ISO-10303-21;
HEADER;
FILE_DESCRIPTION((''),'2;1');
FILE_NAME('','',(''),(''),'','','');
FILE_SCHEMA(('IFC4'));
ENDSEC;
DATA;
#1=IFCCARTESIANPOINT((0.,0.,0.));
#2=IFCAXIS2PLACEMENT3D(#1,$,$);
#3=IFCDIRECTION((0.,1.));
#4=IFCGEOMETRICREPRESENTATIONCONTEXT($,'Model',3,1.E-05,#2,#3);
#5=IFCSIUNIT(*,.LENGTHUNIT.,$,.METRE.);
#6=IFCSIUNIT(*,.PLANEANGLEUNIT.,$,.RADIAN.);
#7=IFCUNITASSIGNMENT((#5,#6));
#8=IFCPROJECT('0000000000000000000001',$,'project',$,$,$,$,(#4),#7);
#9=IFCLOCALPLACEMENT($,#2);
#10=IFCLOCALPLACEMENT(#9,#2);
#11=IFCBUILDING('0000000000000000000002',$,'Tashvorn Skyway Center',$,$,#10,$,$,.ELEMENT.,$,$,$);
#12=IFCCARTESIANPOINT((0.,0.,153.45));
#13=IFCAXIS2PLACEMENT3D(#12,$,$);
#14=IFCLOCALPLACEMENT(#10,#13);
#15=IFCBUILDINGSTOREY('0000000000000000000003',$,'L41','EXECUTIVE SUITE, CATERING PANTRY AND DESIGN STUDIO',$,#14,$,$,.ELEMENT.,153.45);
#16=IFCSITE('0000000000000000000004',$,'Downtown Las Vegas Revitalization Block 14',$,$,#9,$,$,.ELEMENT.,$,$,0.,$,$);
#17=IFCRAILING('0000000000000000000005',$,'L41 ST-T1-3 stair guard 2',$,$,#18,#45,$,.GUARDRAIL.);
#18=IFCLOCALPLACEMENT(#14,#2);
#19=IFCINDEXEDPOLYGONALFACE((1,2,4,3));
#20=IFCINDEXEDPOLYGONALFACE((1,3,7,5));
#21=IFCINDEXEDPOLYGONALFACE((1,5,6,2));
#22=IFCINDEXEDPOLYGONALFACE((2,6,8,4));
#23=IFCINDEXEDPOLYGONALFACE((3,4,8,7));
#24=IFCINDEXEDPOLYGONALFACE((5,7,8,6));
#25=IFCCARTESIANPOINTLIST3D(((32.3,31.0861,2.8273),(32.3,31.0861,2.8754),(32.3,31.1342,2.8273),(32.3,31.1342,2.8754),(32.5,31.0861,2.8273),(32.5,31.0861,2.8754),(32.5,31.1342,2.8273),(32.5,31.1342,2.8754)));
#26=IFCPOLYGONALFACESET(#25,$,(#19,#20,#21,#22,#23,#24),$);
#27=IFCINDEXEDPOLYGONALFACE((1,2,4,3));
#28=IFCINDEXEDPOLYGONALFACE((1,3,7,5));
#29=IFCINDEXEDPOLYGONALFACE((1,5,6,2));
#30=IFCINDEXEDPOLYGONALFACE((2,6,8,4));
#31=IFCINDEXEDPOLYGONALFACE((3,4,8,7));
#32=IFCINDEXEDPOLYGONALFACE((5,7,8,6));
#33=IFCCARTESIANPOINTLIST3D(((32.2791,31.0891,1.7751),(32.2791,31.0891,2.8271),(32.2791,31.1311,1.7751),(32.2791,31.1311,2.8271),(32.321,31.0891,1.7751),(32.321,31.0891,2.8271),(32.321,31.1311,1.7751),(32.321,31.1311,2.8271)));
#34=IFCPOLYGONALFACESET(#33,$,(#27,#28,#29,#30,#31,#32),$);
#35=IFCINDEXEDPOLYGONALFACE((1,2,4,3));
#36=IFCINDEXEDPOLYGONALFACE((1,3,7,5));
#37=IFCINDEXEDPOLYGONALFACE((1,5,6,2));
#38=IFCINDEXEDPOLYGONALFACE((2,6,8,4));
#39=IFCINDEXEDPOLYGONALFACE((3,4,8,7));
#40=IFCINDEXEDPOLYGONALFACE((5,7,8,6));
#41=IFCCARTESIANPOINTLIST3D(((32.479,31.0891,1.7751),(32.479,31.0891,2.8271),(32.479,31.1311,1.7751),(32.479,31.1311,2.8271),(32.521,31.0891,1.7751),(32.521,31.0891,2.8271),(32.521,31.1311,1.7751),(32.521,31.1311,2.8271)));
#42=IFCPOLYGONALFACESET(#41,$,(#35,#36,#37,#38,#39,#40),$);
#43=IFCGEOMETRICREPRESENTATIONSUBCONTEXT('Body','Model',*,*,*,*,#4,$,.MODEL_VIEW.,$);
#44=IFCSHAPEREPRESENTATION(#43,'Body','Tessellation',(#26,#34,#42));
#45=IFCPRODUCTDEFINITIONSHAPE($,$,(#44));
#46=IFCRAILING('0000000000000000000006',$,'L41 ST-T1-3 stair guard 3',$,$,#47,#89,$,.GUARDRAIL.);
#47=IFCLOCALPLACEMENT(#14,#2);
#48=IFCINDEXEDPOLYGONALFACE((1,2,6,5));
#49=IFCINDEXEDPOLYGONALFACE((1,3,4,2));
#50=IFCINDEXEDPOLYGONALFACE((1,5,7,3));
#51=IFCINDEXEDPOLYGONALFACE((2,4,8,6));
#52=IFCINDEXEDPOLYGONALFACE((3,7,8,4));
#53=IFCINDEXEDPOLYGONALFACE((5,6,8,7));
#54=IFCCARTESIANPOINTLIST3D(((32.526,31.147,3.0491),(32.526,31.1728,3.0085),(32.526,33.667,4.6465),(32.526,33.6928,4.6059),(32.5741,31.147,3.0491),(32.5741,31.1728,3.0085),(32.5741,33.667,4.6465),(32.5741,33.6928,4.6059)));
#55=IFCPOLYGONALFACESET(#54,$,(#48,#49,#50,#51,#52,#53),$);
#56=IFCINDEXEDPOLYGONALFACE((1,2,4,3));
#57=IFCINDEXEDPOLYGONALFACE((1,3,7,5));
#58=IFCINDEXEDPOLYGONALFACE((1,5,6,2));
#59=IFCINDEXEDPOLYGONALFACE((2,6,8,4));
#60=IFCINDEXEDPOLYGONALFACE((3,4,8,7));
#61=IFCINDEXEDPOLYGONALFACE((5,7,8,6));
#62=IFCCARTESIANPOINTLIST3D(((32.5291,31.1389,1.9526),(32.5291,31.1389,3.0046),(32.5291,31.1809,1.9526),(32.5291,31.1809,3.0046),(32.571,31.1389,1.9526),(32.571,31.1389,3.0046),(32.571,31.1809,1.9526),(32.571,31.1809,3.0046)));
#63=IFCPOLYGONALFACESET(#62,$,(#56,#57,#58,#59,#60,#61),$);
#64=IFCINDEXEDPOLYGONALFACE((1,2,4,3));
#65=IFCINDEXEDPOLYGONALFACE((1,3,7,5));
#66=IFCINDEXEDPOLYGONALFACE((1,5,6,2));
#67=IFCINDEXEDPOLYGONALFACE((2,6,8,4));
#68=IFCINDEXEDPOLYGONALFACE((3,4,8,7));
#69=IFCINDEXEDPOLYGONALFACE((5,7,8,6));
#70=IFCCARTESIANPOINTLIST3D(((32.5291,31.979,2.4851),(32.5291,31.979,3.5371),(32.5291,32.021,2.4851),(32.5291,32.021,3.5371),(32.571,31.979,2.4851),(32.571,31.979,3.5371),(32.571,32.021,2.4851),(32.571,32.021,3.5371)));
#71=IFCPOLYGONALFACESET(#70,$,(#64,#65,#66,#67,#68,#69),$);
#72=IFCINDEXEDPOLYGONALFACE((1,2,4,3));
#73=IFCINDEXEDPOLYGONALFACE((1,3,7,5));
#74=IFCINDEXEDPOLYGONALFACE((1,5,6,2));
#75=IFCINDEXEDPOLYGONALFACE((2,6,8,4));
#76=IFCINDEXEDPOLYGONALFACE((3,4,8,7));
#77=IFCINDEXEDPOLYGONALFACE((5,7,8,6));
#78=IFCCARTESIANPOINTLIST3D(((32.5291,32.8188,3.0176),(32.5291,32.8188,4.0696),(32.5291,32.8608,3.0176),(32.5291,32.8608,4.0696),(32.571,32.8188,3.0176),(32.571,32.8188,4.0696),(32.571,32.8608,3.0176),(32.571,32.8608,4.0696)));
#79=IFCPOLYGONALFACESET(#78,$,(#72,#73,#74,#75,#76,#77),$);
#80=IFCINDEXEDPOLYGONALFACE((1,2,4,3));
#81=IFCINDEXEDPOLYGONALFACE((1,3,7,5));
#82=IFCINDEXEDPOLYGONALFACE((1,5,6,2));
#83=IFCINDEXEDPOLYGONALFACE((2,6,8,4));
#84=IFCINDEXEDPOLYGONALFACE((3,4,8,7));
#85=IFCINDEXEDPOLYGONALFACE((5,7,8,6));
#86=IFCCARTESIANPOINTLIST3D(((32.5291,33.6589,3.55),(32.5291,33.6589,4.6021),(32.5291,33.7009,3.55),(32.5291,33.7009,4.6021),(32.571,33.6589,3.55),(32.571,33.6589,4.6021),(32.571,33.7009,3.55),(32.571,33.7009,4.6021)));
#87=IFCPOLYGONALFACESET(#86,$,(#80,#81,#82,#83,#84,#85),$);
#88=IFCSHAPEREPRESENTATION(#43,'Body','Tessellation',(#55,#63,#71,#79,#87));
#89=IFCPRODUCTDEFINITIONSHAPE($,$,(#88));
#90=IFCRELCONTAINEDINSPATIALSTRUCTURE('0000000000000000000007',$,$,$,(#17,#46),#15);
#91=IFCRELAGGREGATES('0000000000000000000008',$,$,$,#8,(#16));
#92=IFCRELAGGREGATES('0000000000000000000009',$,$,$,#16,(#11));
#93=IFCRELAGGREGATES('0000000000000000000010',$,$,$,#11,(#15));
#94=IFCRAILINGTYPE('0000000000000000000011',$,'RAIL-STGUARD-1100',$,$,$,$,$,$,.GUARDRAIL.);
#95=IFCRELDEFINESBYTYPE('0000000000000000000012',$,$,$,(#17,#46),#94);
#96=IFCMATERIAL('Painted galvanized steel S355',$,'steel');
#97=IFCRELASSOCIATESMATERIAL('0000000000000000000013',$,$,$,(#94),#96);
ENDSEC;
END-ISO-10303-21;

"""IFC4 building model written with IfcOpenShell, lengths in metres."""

from ifc_helpers import new_model, si_unit, direction, frame, origin, origin_2d, place, context, subcontext, project, spatial, rectangle, extrude, material, type_object, element, save


model = new_model("IFC4")

# Units and contexts
model_context = context("Model", 3, precision=1e-05, world=origin(), true_north=direction((0.0, 1.0)))
body_context = subcontext(model_context, "Body", "Model", "MODEL_VIEW")
ifc_project = project(units=[si_unit("LENGTHUNIT", "METRE"), si_unit("PLANEANGLEUNIT", "RADIAN")], contexts=[model_context])

# Site, building, storey
site_placement = place(None, origin())
site = spatial("IfcSite", under=ifc_project, at=site_placement, Name="Downtown Las Vegas Revitalization Block 14", CompositionType="ELEMENT", RefElevation=0.0)
building_placement = place(site_placement, origin())
building = spatial("IfcBuilding", under=site, at=building_placement, Name="Tashvorn Skyway Center", CompositionType="ELEMENT")
storey_placement = place(building_placement, frame((0.0, 0.0, 153.45)))
storey = spatial("IfcBuildingStorey", under=building, at=storey_placement, Name="L41", Description="EXECUTIVE SUITE, CATERING PANTRY AND DESIGN STUDIO", CompositionType="ELEMENT", Elevation=153.45)

# Railings
ifc_material_1 = material(Name="Painted galvanized steel S355", Category="steel")
railing_type = type_object("IfcRailingType", Name="RAIL-STGUARD-1100", PredefinedType="GUARDRAIL", material=ifc_material_1)
railing_1_placement = place(storey_placement, frame((32.3, 31.1101, 1.7751)))
element("IfcRailing", 1, at=railing_1_placement, inside=storey, type_object=railing_type, Name="L41 ST-T1-3 stair guard 2", PredefinedType="GUARDRAIL", context=body_context, shape_type="SweptSolid", body=[
    extrude(rectangle(XDim=0.0481, YDim=0.0481, at=origin_2d()), frame((0.0, 0.0, 1.0762), z_axis=(1.0, 0.0, 0.0), x_axis=(0.0, 1.0, 0.0)), (0.0, 0.0, 1.0), 0.2),
    extrude(rectangle(XDim=0.042, YDim=0.042, at=origin_2d()), origin(), (0.0, 0.0, 1.0), 1.052),
    extrude(rectangle(XDim=0.042, YDim=0.042, at=origin_2d()), frame((0.2, 0.0, 0.0)), (0.0, 0.0, 1.0), 1.052),
])
railing_2_placement = place(storey_placement, frame((32.55, 31.1599, 1.9526)))
element("IfcRailing", 2, at=railing_2_placement, inside=storey, type_object=railing_type, Name="L41 ST-T1-3 stair guard 3", PredefinedType="GUARDRAIL", context=body_context, shape_type="SweptSolid", body=[
    extrude(rectangle(XDim=0.0481, YDim=0.0481, at=origin_2d()), frame((0.0, 0.0, 1.0762), z_axis=(0.0, 0.844607, 0.535387), x_axis=(-1.0, 0.0, 0.0)), (0.0, 0.0, 1.0), 2.9836),
    extrude(rectangle(XDim=0.042, YDim=0.042, at=origin_2d()), origin(), (0.0, 0.0, 1.0), 1.052),
    extrude(rectangle(XDim=0.042, YDim=0.042, at=origin_2d()), frame((0.0, 0.8401, 0.5325)), (0.0, 0.0, 1.0), 1.052),
    extrude(rectangle(XDim=0.042, YDim=0.042, at=origin_2d()), frame((0.0, 1.6799, 1.0649)), (0.0, 0.0, 1.0), 1.052),
    extrude(rectangle(XDim=0.042, YDim=0.042, at=origin_2d()), frame((0.0, 2.52, 1.5974)), (0.0, 0.0, 1.0), 1.052),
])

save(model, "model.ifc")
